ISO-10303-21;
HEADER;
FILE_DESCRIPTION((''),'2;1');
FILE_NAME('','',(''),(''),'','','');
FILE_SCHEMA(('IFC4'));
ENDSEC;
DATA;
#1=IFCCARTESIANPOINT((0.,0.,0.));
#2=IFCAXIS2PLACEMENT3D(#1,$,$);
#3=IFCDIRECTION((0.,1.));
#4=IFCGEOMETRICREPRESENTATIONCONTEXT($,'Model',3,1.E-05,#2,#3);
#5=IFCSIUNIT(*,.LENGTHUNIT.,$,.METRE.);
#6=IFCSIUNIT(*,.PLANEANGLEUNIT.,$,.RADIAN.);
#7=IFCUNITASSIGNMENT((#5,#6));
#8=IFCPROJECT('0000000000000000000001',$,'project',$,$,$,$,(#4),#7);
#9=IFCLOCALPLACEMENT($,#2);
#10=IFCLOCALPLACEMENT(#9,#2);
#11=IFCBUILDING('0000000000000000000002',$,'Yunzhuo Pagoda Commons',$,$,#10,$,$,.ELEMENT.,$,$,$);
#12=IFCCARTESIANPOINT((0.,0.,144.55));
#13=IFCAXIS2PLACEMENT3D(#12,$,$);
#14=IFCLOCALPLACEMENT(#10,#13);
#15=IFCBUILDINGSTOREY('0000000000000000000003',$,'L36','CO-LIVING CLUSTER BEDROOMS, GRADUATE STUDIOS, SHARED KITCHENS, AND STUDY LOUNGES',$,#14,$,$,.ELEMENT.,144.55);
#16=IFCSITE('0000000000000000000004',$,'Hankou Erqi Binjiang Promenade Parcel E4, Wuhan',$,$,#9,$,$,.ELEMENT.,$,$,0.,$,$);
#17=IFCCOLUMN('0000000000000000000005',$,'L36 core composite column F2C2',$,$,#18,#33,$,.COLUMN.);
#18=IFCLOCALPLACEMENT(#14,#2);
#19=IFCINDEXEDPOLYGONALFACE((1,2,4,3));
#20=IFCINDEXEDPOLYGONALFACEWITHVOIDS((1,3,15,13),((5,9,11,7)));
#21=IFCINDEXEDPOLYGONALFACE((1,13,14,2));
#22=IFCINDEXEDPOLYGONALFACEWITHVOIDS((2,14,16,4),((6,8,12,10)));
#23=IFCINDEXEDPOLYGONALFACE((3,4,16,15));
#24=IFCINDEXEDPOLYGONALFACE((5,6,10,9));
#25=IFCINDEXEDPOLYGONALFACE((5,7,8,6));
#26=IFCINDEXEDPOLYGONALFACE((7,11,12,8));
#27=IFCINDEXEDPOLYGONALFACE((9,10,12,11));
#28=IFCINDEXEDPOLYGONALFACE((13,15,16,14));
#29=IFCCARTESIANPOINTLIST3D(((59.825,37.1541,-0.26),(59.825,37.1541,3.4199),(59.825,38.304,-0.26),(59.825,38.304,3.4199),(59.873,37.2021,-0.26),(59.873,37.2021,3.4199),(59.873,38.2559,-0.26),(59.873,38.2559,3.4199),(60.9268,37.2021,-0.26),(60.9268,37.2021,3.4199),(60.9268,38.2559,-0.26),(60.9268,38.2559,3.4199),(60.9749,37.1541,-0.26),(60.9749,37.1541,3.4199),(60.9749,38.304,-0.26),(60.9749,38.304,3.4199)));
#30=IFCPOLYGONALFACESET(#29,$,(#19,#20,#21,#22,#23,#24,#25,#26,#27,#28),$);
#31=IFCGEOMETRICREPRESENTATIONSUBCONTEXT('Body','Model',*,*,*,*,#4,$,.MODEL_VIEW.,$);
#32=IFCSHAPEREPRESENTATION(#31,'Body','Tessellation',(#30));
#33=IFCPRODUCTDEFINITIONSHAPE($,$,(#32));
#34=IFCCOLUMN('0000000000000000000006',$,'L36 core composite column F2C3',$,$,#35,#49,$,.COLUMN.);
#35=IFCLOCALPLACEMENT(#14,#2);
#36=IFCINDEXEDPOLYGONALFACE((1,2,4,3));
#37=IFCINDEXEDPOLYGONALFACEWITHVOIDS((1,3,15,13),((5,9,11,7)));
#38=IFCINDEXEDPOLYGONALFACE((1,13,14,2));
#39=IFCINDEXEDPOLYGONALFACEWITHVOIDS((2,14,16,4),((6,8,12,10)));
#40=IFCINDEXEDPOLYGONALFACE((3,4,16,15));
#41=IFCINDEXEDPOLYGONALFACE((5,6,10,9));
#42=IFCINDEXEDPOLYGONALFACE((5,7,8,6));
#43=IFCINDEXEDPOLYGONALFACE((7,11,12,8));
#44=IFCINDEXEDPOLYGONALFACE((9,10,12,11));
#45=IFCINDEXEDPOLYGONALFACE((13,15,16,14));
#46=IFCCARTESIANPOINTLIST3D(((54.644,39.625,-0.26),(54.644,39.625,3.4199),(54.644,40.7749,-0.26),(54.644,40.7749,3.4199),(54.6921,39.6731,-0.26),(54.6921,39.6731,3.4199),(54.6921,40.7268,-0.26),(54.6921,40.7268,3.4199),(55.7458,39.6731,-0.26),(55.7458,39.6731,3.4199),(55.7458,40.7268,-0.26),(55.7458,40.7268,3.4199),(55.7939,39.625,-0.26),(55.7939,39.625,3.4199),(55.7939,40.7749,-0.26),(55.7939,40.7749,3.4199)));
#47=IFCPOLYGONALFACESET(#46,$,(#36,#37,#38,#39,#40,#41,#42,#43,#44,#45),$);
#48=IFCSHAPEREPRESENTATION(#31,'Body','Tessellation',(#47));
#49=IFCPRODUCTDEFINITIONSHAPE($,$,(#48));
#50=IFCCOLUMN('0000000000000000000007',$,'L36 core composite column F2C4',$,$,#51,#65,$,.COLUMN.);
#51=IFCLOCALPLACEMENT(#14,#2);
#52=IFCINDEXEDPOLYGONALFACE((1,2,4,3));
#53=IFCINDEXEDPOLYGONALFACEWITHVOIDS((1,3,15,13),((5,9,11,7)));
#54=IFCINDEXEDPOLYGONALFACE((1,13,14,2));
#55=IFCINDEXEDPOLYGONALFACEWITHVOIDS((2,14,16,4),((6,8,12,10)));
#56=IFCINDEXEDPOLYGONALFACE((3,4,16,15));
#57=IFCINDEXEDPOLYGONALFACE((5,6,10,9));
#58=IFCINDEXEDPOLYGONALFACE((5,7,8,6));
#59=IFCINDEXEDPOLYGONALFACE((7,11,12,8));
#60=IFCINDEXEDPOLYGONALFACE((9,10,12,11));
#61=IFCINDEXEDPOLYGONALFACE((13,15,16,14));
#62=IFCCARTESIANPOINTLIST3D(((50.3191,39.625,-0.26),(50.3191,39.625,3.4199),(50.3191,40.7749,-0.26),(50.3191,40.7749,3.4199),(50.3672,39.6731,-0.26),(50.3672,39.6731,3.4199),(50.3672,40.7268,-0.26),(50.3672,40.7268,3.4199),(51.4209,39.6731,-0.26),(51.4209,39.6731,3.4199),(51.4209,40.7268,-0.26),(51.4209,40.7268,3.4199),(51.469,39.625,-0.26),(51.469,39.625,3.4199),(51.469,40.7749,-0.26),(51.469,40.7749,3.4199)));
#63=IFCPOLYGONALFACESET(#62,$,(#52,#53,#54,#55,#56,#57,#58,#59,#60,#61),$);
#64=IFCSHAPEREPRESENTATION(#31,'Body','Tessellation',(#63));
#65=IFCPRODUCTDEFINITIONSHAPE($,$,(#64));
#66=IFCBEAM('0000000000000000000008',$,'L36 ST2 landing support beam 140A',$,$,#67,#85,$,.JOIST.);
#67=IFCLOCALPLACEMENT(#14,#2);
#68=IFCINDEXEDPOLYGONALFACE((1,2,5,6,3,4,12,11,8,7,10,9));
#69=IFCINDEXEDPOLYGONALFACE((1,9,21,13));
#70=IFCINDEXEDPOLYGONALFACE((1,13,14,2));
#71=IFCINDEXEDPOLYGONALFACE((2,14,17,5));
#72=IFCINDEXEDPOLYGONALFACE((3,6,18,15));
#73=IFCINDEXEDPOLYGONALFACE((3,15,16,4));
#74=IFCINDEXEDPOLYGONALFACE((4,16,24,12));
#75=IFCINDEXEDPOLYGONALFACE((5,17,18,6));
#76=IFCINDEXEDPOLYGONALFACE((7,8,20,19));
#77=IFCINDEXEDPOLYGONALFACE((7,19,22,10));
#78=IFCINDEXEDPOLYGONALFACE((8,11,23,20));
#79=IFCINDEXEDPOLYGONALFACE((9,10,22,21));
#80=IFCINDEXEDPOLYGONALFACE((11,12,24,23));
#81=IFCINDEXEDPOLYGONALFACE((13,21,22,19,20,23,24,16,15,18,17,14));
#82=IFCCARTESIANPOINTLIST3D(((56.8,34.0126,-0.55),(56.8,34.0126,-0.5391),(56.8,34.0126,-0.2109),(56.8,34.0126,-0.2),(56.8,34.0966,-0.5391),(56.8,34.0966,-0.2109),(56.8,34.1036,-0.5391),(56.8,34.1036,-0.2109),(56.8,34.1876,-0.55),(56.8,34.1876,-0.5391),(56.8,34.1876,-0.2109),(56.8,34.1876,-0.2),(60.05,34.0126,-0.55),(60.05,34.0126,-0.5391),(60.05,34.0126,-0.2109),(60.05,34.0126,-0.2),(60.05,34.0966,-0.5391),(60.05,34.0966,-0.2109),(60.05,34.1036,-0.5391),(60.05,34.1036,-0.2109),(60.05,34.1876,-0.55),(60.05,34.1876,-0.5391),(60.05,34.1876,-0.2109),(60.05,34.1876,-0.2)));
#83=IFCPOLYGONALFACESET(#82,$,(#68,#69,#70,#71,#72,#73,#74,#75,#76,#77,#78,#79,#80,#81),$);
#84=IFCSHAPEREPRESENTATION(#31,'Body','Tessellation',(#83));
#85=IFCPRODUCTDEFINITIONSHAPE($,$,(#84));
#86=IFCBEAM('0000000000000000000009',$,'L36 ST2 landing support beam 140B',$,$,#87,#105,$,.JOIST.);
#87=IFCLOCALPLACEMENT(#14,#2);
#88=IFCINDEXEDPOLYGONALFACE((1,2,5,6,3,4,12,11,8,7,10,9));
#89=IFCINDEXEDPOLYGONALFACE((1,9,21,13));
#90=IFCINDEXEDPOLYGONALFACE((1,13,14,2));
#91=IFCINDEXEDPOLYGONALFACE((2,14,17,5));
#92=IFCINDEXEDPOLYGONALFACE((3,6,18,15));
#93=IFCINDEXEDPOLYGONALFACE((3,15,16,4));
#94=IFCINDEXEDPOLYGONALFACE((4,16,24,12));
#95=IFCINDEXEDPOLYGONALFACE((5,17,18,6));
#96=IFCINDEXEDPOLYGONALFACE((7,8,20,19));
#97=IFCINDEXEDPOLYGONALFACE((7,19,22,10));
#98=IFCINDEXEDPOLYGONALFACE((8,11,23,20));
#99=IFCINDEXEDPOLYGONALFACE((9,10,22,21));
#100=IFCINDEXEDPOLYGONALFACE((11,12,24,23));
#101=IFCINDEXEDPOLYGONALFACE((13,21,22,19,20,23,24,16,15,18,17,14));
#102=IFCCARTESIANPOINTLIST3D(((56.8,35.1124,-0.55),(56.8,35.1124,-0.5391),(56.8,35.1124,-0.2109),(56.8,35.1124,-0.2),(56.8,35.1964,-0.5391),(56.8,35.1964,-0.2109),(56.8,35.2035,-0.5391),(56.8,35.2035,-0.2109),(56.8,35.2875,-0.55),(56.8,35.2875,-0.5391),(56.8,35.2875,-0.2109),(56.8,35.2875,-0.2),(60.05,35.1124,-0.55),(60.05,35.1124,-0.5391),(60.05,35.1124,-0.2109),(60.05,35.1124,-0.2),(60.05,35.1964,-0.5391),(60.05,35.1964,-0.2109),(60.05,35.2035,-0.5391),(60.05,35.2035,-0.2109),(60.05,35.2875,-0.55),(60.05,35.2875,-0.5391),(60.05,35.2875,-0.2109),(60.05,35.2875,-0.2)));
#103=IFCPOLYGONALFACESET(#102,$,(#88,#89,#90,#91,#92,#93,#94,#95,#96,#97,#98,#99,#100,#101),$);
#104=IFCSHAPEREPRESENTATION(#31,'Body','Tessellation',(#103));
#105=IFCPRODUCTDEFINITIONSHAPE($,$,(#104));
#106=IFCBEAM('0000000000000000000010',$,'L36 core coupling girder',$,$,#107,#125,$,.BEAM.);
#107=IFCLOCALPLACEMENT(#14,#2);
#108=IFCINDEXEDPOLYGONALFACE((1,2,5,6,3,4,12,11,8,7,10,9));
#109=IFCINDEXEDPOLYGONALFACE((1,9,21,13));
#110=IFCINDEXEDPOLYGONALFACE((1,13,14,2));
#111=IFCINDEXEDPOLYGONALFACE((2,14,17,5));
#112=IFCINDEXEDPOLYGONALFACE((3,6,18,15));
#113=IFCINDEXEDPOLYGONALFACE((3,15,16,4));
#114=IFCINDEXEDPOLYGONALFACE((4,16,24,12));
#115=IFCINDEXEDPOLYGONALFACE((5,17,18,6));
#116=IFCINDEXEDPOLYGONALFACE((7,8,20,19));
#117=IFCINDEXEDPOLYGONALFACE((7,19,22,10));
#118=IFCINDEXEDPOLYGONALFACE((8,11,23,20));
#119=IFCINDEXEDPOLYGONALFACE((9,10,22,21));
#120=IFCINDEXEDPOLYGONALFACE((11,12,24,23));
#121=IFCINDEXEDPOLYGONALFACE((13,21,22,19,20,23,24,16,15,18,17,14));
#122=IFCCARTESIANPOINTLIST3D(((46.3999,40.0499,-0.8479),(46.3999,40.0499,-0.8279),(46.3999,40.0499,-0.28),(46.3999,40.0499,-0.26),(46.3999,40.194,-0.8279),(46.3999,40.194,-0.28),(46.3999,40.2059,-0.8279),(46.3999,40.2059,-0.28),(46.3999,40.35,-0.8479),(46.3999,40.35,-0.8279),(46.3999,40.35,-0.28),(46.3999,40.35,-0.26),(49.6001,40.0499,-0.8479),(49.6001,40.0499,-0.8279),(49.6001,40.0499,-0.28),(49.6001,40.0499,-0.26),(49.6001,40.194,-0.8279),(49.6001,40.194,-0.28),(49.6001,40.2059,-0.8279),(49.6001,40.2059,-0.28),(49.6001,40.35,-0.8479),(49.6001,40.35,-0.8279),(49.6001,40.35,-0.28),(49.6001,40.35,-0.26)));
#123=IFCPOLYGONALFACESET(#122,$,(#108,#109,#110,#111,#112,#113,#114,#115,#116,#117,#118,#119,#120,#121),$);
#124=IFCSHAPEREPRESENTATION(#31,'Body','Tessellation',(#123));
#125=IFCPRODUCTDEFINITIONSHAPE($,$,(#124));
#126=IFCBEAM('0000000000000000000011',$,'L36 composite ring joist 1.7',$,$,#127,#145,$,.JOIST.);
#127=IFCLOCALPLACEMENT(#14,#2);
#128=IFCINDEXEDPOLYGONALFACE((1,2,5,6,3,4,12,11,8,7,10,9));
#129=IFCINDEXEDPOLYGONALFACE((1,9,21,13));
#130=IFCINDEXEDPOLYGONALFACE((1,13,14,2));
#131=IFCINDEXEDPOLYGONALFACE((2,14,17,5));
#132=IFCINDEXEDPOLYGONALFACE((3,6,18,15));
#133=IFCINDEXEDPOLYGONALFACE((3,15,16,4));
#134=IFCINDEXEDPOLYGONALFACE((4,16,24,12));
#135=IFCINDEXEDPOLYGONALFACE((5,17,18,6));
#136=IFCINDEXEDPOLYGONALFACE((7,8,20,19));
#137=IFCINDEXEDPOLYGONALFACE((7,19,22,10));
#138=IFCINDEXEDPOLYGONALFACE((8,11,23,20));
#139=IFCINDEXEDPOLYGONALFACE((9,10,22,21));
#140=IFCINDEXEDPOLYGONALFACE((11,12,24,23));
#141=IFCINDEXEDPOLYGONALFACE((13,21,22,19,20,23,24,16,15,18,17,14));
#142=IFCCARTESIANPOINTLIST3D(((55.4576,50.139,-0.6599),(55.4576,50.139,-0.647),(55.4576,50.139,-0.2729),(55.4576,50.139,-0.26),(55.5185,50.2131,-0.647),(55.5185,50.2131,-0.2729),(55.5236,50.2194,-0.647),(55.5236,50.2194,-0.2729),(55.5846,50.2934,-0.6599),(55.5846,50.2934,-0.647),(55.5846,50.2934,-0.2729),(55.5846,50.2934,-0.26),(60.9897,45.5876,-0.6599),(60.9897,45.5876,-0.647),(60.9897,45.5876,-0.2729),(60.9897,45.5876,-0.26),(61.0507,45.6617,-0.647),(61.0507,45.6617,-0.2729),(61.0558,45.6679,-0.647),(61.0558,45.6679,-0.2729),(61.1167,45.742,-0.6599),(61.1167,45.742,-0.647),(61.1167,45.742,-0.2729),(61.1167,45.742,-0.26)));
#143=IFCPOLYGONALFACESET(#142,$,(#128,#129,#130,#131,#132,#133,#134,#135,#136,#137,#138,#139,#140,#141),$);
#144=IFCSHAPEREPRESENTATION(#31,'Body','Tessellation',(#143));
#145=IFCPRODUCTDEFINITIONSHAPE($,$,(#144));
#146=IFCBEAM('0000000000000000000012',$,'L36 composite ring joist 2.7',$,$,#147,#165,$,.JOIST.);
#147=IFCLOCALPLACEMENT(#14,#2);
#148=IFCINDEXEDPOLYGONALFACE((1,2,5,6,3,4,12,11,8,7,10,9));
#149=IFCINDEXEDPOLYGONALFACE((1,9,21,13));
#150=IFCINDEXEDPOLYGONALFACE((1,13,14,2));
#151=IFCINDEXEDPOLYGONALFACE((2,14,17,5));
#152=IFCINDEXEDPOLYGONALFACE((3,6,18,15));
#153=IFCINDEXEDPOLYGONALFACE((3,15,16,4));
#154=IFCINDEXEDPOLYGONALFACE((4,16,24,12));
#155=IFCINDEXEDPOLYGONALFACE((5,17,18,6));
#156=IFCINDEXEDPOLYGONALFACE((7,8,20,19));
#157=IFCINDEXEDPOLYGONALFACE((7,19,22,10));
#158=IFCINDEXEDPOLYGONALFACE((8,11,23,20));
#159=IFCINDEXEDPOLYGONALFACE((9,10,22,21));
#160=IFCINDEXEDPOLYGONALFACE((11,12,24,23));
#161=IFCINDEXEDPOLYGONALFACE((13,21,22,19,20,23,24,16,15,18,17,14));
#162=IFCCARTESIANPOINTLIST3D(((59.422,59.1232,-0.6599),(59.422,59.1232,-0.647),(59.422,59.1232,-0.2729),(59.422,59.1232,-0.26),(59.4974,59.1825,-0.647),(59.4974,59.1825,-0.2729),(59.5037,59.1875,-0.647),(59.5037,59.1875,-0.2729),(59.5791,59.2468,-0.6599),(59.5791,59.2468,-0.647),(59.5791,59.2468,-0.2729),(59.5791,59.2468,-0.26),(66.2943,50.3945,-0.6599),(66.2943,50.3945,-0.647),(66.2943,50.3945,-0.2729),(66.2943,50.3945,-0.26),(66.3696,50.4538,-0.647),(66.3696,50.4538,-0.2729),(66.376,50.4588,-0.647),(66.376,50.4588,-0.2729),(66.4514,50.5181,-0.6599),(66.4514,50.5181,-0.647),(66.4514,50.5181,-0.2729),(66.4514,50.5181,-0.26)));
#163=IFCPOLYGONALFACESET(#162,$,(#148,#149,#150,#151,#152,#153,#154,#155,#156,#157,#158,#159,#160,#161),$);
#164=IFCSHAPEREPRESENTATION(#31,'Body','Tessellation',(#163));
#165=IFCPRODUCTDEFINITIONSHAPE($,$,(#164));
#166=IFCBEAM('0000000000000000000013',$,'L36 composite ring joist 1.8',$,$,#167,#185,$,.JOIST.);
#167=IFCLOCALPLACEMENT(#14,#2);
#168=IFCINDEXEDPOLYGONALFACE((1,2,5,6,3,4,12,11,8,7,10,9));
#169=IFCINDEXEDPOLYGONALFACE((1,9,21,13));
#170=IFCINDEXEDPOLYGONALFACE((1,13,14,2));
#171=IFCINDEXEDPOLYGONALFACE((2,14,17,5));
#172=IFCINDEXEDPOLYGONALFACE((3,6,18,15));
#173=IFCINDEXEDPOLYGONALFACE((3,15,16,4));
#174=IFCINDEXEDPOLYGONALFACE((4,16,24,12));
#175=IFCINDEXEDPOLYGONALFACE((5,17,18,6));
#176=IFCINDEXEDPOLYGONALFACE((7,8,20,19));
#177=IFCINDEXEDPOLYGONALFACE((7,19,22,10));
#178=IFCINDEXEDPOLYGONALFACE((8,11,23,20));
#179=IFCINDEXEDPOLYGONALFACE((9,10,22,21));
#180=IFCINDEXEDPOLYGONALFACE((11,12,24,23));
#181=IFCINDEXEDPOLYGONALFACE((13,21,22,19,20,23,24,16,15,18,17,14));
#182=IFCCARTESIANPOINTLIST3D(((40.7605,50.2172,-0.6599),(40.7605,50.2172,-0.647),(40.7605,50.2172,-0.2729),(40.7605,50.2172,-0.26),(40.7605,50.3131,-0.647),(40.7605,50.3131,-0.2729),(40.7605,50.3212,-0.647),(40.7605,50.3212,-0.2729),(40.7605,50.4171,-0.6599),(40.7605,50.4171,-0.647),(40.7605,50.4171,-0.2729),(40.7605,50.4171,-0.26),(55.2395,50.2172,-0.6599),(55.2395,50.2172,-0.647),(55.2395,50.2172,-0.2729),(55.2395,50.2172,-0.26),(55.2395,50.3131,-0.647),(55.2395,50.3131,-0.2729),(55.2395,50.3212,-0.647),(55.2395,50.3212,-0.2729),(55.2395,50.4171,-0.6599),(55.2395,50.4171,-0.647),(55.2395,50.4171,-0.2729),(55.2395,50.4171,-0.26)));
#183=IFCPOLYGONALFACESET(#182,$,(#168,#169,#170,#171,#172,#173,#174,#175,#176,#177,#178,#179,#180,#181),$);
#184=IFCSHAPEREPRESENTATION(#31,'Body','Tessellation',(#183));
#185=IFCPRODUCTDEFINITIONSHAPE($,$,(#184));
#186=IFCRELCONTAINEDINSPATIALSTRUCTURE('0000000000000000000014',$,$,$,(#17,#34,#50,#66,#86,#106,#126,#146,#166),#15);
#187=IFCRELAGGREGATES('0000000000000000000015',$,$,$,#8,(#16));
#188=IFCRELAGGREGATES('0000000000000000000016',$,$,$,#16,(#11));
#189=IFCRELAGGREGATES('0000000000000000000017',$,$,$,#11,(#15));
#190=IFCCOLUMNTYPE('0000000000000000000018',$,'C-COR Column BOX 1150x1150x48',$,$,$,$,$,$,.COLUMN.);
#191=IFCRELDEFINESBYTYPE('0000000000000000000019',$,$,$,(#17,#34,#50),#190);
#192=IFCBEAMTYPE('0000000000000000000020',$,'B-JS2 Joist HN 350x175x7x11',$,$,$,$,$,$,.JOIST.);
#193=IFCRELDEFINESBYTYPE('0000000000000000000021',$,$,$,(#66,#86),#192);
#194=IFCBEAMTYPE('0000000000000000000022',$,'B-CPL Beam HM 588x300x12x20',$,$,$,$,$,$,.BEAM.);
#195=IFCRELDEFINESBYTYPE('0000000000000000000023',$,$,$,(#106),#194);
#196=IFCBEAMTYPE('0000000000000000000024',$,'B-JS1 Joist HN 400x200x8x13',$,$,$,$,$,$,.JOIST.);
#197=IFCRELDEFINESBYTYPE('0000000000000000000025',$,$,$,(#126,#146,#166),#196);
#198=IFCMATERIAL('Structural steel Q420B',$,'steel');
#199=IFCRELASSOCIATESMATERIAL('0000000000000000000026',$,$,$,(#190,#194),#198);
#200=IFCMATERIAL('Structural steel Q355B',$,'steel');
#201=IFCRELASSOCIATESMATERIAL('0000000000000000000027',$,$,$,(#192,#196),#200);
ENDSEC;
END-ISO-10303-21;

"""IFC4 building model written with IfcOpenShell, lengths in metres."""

from ifc_helpers import new_model, si_unit, direction, frame, origin, origin_2d, place, context, subcontext, project, spatial, hollow_rectangle, i_section, extrude, source, transform, mapped, material, material_profile, profile_set, type_object, element, save


model = new_model("IFC4")

# Units and contexts
model_context = context("Model", 3, precision=1e-05, world=origin(), true_north=direction((0.0, 1.0)))
body_context = subcontext(model_context, "Body", "Model", "MODEL_VIEW")
ifc_project = project(units=[si_unit("LENGTHUNIT", "METRE"), si_unit("PLANEANGLEUNIT", "RADIAN")], contexts=[model_context])

# Site, building, storey
site_placement = place(None, origin())
site = spatial("IfcSite", under=ifc_project, at=site_placement, Name="Hankou Erqi Binjiang Promenade Parcel E4, Wuhan", CompositionType="ELEMENT", RefElevation=0.0)
building_placement = place(site_placement, origin())
building = spatial("IfcBuilding", under=site, at=building_placement, Name="Yunzhuo Pagoda Commons", CompositionType="ELEMENT")
storey_placement = place(building_placement, frame((0.0, 0.0, 144.55)))
storey = spatial("IfcBuildingStorey", under=building, at=storey_placement, Name="L36", Description="CO-LIVING CLUSTER BEDROOMS, GRADUATE STUDIOS, SHARED KITCHENS, AND STUDY LOUNGES", CompositionType="ELEMENT", Elevation=144.55)

# Columns
ifc_material_1 = material(Name="Structural steel Q420B", Category="steel")
ifc_material_profile_1 = material_profile(ifc_material_1, hollow_rectangle(XDim=1.1499, YDim=1.1499, WallThickness=0.0481, at=origin_2d()), Name="Structural steel Q420B")
ifc_profile_set_1 = profile_set([ifc_material_profile_1], Name="Structural steel Q420B")
column_type = type_object("IfcColumnType", Name="C-COR Column BOX 1150x1150x48", PredefinedType="COLUMN", material=ifc_profile_set_1)
shared_shape_1 = source(origin(), body_context, "Body", "SweptSolid", [
    extrude(hollow_rectangle(XDim=1.1499, YDim=1.1499, WallThickness=0.0481, at=origin_2d()), origin(), (0.0, 0.0, 1.0), 3.6799),
])
for number, where, z_axis, x_axis, name in (
    (1, (60.3999, 37.729, -0.26), (0.0, 0.0, 1.0), (1.0, 0.0, 0.0), "L36 core composite column F2C2"),
    (2, (55.219, 40.2, -0.26), (0.0, 0.0, 1.0), (1.0, 0.0, 0.0), "L36 core composite column F2C3"),
    (3, (50.894, 40.2, -0.26), (0.0, 0.0, 1.0), (1.0, 0.0, 0.0), "L36 core composite column F2C4"),
):
    element("IfcColumn", number, at=place(storey_placement, frame(where, z_axis=z_axis, x_axis=x_axis)), inside=storey, type_object=column_type, Name=name, PredefinedType="COLUMN", context=body_context, shape_type="MappedRepresentation", body=[
        mapped(shared_shape_1, transform((0.0, 0.0, 0.0), scale=1.0)),
    ])

# Beams
ifc_material_2 = material(Name="Structural steel Q355B", Category="steel")
ifc_material_profile_2 = material_profile(ifc_material_2, i_section(OverallWidth=0.175, OverallDepth=0.3501, WebThickness=0.0071, FlangeThickness=0.011, at=origin_2d()), Name="Structural steel Q355B")
ifc_profile_set_2 = profile_set([ifc_material_profile_2], Name="Structural steel Q355B")
beam_type_1 = type_object("IfcBeamType", Name="B-JS2 Joist HN 350x175x7x11", PredefinedType="JOIST", material=ifc_profile_set_2)
shared_shape_2 = source(origin(), body_context, "Body", "SweptSolid", [
    extrude(i_section(OverallWidth=0.175, OverallDepth=0.3501, WebThickness=0.0071, FlangeThickness=0.011, at=origin_2d()), origin(), (0.0, 0.0, 1.0), 3.25),
])
for number, where, z_axis, x_axis, name in (
    (4, (56.8, 34.1001, -0.375), (1.0, 0.0, 0.0), (0.0, 1.0, 0.0), "L36 ST2 landing support beam 140A"),
    (5, (56.8, 35.2, -0.375), (1.0, 0.0, 0.0), (0.0, 1.0, 0.0), "L36 ST2 landing support beam 140B"),
):
    element("IfcBeam", number, at=place(storey_placement, frame(where, z_axis=z_axis, x_axis=x_axis)), inside=storey, type_object=beam_type_1, Name=name, PredefinedType="JOIST", context=body_context, shape_type="MappedRepresentation", body=[
        mapped(shared_shape_2, transform((0.0, 0.0, 0.0), scale=1.0)),
    ])
ifc_material_profile_3 = material_profile(ifc_material_1, i_section(OverallWidth=0.3, OverallDepth=0.5879, WebThickness=0.012, FlangeThickness=0.02, at=origin_2d()), Name="Structural steel Q420B")
ifc_profile_set_3 = profile_set([ifc_material_profile_3], Name="Structural steel Q420B")
beam_type_2 = type_object("IfcBeamType", Name="B-CPL Beam HM 588x300x12x20", PredefinedType="BEAM", material=ifc_profile_set_3)
shared_shape_3 = source(origin(), body_context, "Body", "SweptSolid", [
    extrude(i_section(OverallWidth=0.3, OverallDepth=0.5879, WebThickness=0.012, FlangeThickness=0.02, at=origin_2d()), origin(), (0.0, 0.0, 1.0), 3.2002),
])
beam_1_placement = place(storey_placement, frame((46.3999, 40.2, -0.554), z_axis=(1.0, 0.0, 0.0), x_axis=(0.0, 1.0, 0.0)))
element("IfcBeam", 6, at=beam_1_placement, inside=storey, type_object=beam_type_2, Name="L36 core coupling girder", PredefinedType="BEAM", context=body_context, shape_type="MappedRepresentation", body=[
    mapped(shared_shape_3, transform((0.0, 0.0, 0.0), scale=1.0)),
])
ifc_material_profile_4 = material_profile(ifc_material_2, i_section(OverallWidth=0.2, OverallDepth=0.3999, WebThickness=0.0081, FlangeThickness=0.0129, at=origin_2d()), Name="Structural steel Q355B")
ifc_profile_set_4 = profile_set([ifc_material_profile_4], Name="Structural steel Q355B")
beam_type_3 = type_object("IfcBeamType", Name="B-JS1 Joist HN 400x200x8x13", PredefinedType="JOIST", material=ifc_profile_set_4)
shared_shape_4 = source(origin(), body_context, "Body", "SweptSolid", [
    extrude(i_section(OverallWidth=0.2, OverallDepth=0.3999, WebThickness=0.0081, FlangeThickness=0.0129, at=origin_2d()), origin(), (0.0, 0.0, 1.0), 7.1638),
])
beam_2_placement = place(storey_placement, frame((61.0532, 45.6648, -0.46), z_axis=(-0.772234, 0.635338, 0.0), x_axis=(-0.635338, -0.772234, 0.0)))
element("IfcBeam", 7, at=beam_2_placement, inside=storey, type_object=beam_type_3, Name="L36 composite ring joist 1.7", PredefinedType="JOIST", context=body_context, shape_type="MappedRepresentation", body=[
    mapped(shared_shape_4, transform((0.0, 0.0, 0.0), scale=1.0)),
])
shared_shape_5 = source(origin(), body_context, "Body", "SweptSolid", [
    extrude(i_section(OverallWidth=0.2, OverallDepth=0.3999, WebThickness=0.0081, FlangeThickness=0.0129, at=origin_2d()), origin(), (0.0, 0.0, 1.0), 11.1094),
])
beam_3_placement = place(storey_placement, frame((66.3728, 50.4563, -0.46), z_axis=(-0.618601, 0.785706, 0.0), x_axis=(-0.785706, -0.618601, 0.0)))
element("IfcBeam", 8, at=beam_3_placement, inside=storey, type_object=beam_type_3, Name="L36 composite ring joist 2.7", PredefinedType="JOIST", context=body_context, shape_type="MappedRepresentation", body=[
    mapped(shared_shape_5, transform((0.0, 0.0, 0.0), scale=1.0)),
])
shared_shape_6 = source(origin(), body_context, "Body", "SweptSolid", [
    extrude(i_section(OverallWidth=0.2, OverallDepth=0.3999, WebThickness=0.0081, FlangeThickness=0.0129, at=origin_2d()), origin(), (0.0, 0.0, 1.0), 14.479),
])
beam_4_placement = place(storey_placement, frame((55.2395, 50.3171, -0.46), z_axis=(-1.0, 0.0, 0.0), x_axis=(0.0, -1.0, 0.0)))
element("IfcBeam", 9, at=beam_4_placement, inside=storey, type_object=beam_type_3, Name="L36 composite ring joist 1.8", PredefinedType="JOIST", context=body_context, shape_type="MappedRepresentation", body=[
    mapped(shared_shape_6, transform((0.0, 0.0, 0.0), scale=1.0)),
])

save(model, "model.ifc")
